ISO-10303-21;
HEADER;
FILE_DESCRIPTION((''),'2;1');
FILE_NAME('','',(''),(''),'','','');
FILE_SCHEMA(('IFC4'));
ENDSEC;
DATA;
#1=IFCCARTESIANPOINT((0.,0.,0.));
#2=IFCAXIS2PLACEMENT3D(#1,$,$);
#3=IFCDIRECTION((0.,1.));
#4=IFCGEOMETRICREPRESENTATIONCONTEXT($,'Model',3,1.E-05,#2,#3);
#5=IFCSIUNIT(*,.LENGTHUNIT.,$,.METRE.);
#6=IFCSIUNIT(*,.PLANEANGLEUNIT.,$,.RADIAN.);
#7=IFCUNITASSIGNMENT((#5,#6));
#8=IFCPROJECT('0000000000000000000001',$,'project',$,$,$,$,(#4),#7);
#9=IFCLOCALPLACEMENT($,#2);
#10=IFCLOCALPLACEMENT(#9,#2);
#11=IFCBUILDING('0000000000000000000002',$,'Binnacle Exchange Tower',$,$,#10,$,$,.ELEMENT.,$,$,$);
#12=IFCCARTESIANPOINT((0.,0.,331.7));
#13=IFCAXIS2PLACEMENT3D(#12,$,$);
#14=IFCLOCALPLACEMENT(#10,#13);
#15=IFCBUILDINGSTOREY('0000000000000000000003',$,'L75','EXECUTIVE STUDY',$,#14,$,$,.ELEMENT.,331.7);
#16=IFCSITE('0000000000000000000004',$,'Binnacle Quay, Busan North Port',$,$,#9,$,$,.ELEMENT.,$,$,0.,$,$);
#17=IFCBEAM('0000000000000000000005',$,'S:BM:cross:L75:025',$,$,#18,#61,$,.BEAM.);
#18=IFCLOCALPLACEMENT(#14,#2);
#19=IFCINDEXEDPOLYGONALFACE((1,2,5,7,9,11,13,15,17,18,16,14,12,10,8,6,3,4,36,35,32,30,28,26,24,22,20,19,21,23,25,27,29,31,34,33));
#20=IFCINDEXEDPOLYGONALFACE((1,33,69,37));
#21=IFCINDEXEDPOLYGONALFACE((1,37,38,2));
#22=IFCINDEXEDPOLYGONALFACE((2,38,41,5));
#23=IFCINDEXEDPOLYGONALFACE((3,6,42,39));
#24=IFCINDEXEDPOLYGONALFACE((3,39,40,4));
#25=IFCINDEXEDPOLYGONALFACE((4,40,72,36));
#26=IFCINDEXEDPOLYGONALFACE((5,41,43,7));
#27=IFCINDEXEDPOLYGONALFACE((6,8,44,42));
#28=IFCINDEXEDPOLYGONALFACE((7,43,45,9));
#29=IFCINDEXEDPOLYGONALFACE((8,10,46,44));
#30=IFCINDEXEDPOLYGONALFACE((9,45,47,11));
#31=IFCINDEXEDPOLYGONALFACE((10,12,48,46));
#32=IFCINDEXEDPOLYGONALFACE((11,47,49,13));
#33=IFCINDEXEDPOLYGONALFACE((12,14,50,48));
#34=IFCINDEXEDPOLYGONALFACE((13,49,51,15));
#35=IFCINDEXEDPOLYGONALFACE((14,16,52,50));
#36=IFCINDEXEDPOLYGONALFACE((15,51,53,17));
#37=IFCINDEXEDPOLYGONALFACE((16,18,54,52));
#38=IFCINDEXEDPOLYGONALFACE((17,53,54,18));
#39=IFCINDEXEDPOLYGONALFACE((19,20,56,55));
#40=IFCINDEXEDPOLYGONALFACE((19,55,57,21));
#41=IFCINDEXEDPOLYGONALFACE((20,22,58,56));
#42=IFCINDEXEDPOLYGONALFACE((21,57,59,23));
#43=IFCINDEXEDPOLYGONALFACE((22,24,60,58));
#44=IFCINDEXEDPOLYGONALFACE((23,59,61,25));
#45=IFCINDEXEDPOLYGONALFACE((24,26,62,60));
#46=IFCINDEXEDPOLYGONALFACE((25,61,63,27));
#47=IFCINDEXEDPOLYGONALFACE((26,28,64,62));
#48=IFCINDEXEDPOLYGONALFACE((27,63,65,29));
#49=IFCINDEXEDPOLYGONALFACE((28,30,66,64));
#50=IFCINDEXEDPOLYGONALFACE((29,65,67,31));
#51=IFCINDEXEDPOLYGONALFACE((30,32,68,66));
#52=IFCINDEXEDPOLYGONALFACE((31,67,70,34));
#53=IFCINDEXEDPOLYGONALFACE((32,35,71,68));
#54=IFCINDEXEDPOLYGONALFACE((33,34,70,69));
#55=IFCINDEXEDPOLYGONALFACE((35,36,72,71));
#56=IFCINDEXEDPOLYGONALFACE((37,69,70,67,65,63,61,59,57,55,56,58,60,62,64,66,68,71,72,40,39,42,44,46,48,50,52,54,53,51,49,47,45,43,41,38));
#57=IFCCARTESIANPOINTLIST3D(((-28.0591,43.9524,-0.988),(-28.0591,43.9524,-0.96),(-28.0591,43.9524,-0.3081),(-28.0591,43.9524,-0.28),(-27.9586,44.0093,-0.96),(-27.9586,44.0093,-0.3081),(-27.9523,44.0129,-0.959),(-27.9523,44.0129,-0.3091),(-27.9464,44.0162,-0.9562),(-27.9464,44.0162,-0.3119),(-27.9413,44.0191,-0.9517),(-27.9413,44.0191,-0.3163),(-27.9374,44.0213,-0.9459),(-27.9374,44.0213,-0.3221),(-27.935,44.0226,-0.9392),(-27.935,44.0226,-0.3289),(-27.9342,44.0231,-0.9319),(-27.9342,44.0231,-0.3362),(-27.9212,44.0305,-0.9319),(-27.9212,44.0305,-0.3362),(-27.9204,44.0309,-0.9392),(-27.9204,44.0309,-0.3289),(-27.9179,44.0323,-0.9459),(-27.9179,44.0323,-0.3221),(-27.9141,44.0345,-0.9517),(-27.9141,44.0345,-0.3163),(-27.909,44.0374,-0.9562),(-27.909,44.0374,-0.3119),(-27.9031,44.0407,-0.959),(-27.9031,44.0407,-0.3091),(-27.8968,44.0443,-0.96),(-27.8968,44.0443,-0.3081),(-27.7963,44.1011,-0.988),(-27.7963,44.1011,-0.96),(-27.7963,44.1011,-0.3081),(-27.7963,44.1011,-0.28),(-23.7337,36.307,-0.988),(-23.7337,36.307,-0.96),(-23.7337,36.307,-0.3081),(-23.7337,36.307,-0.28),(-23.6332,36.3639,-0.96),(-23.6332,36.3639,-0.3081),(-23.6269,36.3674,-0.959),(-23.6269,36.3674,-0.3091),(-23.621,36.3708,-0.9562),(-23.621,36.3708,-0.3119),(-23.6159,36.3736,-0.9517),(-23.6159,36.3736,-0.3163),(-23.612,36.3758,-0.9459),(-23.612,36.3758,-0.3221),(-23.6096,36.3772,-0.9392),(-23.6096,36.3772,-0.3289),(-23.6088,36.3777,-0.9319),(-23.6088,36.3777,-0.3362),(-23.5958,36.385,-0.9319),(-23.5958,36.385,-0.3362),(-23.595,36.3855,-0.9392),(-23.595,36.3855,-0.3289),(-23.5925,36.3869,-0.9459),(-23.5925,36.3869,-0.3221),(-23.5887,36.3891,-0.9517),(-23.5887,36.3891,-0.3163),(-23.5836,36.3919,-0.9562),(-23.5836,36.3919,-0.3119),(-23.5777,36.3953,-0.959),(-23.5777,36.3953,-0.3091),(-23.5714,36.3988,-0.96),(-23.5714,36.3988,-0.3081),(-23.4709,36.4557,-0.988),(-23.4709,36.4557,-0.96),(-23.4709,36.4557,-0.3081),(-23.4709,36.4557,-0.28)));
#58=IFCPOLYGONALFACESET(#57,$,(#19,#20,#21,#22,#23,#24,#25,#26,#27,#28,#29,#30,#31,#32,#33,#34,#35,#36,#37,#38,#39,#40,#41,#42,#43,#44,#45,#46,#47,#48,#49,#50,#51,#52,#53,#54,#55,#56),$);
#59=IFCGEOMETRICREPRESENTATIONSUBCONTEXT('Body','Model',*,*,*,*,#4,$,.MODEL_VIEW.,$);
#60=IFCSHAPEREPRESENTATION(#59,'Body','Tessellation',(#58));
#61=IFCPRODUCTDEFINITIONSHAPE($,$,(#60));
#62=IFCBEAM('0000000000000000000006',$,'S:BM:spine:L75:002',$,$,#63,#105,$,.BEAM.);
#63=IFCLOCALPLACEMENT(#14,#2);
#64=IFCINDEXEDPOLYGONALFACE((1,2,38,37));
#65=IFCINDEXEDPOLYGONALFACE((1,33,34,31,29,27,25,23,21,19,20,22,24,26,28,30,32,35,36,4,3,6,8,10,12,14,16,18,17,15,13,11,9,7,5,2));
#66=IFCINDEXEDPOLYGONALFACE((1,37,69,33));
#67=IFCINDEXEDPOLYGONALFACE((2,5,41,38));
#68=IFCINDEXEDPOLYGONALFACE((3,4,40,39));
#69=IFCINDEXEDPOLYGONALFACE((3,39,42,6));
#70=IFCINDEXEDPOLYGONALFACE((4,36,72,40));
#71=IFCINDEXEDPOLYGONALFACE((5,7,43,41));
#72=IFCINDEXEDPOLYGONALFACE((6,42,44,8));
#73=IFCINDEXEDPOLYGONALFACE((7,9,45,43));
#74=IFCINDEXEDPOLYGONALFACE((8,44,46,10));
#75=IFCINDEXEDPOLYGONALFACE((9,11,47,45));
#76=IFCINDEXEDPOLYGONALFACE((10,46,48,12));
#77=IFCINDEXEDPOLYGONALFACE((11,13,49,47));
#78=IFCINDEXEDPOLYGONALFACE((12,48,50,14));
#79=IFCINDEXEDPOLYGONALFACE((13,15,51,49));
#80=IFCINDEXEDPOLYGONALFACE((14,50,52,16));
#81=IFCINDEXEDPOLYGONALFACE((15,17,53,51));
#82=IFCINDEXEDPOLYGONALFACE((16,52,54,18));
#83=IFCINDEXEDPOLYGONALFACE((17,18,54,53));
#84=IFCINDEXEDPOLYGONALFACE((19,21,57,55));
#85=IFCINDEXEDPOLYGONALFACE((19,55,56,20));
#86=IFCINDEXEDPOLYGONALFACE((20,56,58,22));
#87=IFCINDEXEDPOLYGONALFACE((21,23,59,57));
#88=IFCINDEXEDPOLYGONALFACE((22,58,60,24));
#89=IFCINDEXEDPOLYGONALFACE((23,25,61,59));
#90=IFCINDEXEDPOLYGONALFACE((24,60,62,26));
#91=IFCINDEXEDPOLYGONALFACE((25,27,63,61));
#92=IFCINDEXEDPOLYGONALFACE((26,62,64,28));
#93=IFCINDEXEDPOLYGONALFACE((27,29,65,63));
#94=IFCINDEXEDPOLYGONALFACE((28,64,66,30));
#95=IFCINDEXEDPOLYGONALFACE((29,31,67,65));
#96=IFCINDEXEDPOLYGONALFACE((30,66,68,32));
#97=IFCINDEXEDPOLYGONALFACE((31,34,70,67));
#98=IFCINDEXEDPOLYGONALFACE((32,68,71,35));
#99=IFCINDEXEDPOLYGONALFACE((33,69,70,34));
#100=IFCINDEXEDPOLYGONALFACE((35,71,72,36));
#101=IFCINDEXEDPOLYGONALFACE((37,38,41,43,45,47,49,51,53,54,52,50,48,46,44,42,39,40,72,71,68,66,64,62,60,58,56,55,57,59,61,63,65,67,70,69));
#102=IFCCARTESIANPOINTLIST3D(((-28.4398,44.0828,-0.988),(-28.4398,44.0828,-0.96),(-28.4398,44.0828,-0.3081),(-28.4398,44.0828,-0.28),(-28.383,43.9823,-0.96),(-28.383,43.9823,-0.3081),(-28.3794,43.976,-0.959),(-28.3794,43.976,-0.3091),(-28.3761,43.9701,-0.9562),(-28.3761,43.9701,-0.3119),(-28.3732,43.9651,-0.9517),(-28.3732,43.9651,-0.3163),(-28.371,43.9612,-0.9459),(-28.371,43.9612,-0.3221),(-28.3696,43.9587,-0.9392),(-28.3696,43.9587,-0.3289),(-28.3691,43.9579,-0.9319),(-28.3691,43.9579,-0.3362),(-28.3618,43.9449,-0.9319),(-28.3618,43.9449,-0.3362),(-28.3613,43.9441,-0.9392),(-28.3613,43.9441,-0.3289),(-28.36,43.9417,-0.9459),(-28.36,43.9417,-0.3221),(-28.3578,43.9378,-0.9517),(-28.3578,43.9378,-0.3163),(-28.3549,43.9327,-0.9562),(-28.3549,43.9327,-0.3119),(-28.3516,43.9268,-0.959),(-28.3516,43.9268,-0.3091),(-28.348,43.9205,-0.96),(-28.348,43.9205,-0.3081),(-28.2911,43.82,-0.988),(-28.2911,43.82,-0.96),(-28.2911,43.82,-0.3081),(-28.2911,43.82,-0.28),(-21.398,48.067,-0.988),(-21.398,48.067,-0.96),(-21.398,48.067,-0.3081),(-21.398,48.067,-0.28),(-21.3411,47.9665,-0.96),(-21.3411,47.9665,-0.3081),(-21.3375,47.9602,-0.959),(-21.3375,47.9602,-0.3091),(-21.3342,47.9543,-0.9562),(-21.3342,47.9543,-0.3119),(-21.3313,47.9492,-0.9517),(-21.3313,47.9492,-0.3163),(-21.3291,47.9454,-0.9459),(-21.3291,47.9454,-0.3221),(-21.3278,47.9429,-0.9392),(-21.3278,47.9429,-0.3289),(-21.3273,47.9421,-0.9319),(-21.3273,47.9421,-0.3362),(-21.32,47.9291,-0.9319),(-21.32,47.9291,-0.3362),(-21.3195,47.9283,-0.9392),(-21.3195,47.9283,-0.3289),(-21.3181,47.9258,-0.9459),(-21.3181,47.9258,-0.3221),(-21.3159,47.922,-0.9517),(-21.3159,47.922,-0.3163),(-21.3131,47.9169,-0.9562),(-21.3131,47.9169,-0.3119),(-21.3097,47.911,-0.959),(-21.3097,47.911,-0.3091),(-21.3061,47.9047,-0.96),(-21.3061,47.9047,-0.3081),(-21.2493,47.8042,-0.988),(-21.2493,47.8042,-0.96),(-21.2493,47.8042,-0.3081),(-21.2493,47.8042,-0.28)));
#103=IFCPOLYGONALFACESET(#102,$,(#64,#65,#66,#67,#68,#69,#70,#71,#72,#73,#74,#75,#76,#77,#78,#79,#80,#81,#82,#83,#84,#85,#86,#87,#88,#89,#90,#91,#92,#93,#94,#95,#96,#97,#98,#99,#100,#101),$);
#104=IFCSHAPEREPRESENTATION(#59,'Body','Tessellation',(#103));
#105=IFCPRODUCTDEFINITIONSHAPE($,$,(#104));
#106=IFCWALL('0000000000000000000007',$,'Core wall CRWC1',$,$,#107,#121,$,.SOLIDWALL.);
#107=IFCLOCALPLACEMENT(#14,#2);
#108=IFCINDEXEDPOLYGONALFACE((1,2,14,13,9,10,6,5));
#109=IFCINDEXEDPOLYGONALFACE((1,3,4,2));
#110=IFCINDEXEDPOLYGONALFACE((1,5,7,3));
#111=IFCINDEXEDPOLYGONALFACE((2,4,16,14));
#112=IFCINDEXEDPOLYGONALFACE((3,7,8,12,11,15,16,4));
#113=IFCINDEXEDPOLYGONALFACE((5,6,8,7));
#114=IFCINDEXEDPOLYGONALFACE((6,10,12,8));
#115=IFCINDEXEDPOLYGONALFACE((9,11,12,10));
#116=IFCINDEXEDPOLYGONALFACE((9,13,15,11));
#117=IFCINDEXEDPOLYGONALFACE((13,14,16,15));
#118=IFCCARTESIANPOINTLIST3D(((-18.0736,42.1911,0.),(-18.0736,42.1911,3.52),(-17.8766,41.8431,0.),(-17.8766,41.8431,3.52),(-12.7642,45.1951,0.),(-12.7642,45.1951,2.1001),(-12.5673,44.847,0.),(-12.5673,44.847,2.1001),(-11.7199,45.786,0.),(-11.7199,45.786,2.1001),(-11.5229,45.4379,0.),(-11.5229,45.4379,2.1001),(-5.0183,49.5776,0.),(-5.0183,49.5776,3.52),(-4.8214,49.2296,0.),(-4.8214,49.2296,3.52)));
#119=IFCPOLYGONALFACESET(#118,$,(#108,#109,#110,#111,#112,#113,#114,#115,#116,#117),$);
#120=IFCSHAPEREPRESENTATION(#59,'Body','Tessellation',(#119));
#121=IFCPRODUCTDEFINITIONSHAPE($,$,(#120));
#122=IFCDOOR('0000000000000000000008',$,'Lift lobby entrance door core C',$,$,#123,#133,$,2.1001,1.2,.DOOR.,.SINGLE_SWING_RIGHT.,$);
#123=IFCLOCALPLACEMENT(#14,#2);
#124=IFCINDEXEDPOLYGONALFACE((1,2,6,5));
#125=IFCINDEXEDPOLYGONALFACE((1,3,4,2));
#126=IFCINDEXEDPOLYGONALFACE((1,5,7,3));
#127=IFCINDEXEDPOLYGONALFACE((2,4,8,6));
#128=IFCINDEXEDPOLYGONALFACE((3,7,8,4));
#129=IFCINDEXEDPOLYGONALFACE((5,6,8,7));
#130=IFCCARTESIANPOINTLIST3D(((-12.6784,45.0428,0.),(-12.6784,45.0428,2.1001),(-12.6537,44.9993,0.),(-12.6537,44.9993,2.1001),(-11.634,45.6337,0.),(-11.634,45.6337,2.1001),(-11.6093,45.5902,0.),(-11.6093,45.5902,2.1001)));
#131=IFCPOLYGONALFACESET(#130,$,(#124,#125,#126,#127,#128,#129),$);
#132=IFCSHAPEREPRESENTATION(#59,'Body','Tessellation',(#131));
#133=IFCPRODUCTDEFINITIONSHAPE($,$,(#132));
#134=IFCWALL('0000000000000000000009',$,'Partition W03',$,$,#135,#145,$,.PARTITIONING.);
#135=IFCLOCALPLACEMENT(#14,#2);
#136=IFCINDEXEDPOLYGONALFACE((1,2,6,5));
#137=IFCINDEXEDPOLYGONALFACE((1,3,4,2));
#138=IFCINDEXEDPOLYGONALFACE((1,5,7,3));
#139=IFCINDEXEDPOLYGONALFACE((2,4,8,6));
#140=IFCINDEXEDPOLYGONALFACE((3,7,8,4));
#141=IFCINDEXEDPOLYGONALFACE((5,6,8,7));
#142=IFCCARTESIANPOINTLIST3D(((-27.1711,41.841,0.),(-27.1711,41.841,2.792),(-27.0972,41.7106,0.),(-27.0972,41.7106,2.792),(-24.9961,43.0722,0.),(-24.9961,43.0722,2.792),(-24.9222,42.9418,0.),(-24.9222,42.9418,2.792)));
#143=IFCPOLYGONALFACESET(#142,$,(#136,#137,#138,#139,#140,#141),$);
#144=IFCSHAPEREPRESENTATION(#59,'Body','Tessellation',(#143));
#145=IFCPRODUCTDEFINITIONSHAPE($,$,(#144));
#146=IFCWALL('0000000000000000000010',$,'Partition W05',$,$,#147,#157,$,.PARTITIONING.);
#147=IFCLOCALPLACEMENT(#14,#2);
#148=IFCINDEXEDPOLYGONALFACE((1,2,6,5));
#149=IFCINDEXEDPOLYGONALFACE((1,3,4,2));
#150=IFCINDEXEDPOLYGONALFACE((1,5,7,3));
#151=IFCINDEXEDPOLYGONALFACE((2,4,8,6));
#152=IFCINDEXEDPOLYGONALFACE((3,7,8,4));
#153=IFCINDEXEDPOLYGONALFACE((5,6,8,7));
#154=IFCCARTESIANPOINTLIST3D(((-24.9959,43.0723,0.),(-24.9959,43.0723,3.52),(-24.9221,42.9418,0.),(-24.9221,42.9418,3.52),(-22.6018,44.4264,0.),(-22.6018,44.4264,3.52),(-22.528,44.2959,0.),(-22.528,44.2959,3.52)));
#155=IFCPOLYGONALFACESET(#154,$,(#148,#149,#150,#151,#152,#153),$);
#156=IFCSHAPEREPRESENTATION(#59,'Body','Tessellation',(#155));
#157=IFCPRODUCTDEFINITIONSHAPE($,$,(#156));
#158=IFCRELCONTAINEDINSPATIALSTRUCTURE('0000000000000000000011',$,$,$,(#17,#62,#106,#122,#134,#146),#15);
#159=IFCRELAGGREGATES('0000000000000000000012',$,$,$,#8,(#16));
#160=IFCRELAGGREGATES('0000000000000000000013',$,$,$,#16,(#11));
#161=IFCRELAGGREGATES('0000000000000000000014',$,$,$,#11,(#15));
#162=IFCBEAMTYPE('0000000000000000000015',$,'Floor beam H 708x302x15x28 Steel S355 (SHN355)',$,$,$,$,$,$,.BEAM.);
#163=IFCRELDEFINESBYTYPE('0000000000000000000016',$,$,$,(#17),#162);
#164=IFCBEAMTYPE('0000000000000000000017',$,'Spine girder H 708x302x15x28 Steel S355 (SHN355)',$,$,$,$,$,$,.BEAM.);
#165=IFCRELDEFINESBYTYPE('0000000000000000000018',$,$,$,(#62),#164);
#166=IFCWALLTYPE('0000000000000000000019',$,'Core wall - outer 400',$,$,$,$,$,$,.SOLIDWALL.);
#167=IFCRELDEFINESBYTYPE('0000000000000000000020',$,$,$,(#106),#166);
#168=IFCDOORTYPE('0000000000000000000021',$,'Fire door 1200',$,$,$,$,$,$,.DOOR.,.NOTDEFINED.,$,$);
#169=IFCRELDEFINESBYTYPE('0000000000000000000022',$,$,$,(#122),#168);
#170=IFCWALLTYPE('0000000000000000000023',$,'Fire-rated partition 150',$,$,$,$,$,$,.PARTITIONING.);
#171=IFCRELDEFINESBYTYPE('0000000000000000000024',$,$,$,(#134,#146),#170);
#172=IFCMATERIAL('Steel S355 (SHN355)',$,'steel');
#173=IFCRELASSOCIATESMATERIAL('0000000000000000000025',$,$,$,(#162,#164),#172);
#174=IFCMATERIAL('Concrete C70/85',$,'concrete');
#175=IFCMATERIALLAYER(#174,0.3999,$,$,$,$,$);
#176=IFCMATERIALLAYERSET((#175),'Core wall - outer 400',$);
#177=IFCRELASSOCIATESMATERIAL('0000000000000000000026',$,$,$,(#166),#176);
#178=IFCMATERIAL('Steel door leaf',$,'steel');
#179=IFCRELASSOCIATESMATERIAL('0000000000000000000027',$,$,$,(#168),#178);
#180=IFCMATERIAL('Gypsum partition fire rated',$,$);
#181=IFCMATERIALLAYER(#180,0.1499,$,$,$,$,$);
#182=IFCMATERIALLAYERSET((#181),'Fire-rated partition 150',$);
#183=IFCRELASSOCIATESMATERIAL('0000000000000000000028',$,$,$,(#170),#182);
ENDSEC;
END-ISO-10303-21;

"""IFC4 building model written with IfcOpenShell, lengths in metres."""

from ifc_helpers import new_model, si_unit, direction, frame, frame_2d, origin, origin_2d, place, context, subcontext, project, spatial, rectangle, i_section, extrude, material, layer, layer_set, material_profile, profile_set, type_object, element, fill, save


model = new_model("IFC4")

# Units and contexts
model_context = context("Model", 3, precision=1e-05, world=origin(), true_north=direction((0.0, 1.0)))
body_context = subcontext(model_context, "Body", "Model", "MODEL_VIEW")
ifc_project = project(units=[si_unit("LENGTHUNIT", "METRE"), si_unit("PLANEANGLEUNIT", "RADIAN")], contexts=[model_context])

# Site, building, storey
site_placement = place(None, origin())
site = spatial("IfcSite", under=ifc_project, at=site_placement, Name="Binnacle Quay, Busan North Port", CompositionType="ELEMENT", RefElevation=0.0)
building_placement = place(site_placement, origin())
building = spatial("IfcBuilding", under=site, at=building_placement, Name="Binnacle Exchange Tower", CompositionType="ELEMENT")
storey_placement = place(building_placement, frame((0.0, 0.0, 331.7)))
storey = spatial("IfcBuildingStorey", under=building, at=storey_placement, Name="L75", Description="EXECUTIVE STUDY", CompositionType="ELEMENT", Elevation=331.7)

# Beams
ifc_material_1 = material(Name="Steel S355 (SHN355)", Category="steel")
ifc_material_profile_1 = material_profile(ifc_material_1, i_section(OverallWidth=0.302, OverallDepth=0.708, WebThickness=0.0149, FlangeThickness=0.0281, FilletRadius=0.0281, at=origin_2d()), Name="H 708x302x15x28")
ifc_profile_set_1 = profile_set([ifc_material_profile_1], Name="Steel S355 (SHN355)")
beam_type_1 = type_object("IfcBeamType", Name="Floor beam H 708x302x15x28 Steel S355 (SHN355)", PredefinedType="BEAM", material=ifc_profile_set_1)
beam_1_placement = place(storey_placement, frame((-23.6023, 36.3813, -0.634), z_axis=(-0.492408, 0.870365, 0.0), x_axis=(-0.870365, -0.492408, 0.0)))
element("IfcBeam", 1, at=beam_1_placement, inside=storey, type_object=beam_type_1, Name="S:BM:cross:L75:025", PredefinedType="BEAM", context=body_context, shape_type="SweptSolid", body=[
    extrude(i_section(OverallWidth=0.302, OverallDepth=0.708, WebThickness=0.0149, FlangeThickness=0.0281, FilletRadius=0.0281, at=origin_2d()), origin(), (0.0, 0.0, 1.0), 8.7842),
])
ifc_material_profile_2 = material_profile(ifc_material_1, i_section(OverallWidth=0.302, OverallDepth=0.708, WebThickness=0.0149, FlangeThickness=0.0281, FilletRadius=0.0281, at=origin_2d()), Name="H 708x302x15x28")
ifc_profile_set_2 = profile_set([ifc_material_profile_2], Name="Steel S355 (SHN355)")
beam_type_2 = type_object("IfcBeamType", Name="Spine girder H 708x302x15x28 Steel S355 (SHN355)", PredefinedType="BEAM", material=ifc_profile_set_2)
beam_2_placement = place(storey_placement, frame((-28.3655, 43.9514, -0.634), z_axis=(0.87035, 0.492433, 0.0), x_axis=(-0.492433, 0.87035, 0.0)))
element("IfcBeam", 2, at=beam_2_placement, inside=storey, type_object=beam_type_2, Name="S:BM:spine:L75:002", PredefinedType="BEAM", context=body_context, shape_type="SweptSolid", body=[
    extrude(i_section(OverallWidth=0.302, OverallDepth=0.708, WebThickness=0.0149, FlangeThickness=0.0281, FilletRadius=0.0281, at=origin_2d()), origin(), (0.0, 0.0, 1.0), 8.0908),
])

# Wall, opening, door
ifc_material_2 = material(Name="Concrete C70/85", Category="concrete")
ifc_layer_1 = layer(ifc_material_2, 0.3999)
ifc_layer_set_1 = layer_set([ifc_layer_1], Name="Core wall - outer 400")
wall_type_1 = type_object("IfcWallType", Name="Core wall - outer 400", PredefinedType="SOLIDWALL", material=ifc_layer_set_1)
wall_1_placement = place(storey_placement, frame((-17.9751, 42.0171, 0.0), z_axis=(0.0, 0.0, 1.0), x_axis=(0.87035, 0.492434, 0.0)))
wall_1 = element("IfcWall", 3, at=wall_1_placement, inside=storey, type_object=wall_type_1, Name="Core wall CRWC1", PredefinedType="SOLIDWALL", context=body_context, shape_type="SweptSolid", body=[
    extrude(rectangle(XDim=15.0, YDim=0.3999, at=frame_2d((7.5, 0.0))), origin(), (0.0, 0.0, 1.0), 3.52),
])
opening_1_placement = place(wall_1_placement, frame((6.1001, 0.0, 0.0)))
opening_1 = element("IfcOpeningElement", 4, at=opening_1_placement, cuts=wall_1, PredefinedType="OPENING", context=body_context, shape_type="SweptSolid", body=[
    extrude(rectangle(XDim=1.2, YDim=2.1001, at=frame_2d((0.6001, 1.05))), frame((0.0, 0.21, 0.0), z_axis=(0.0, -1.0, 0.0), x_axis=(1.0, 0.0, 0.0)), (0.0, 0.0, 1.0), 0.4199),
])
ifc_material_3 = material(Name="Steel door leaf", Category="steel")
door_type_1 = type_object("IfcDoorType", Name="Fire door 1200", OperationType="NOTDEFINED", PredefinedType="DOOR", material=ifc_material_3)
door_1_placement = place(opening_1_placement, frame((1.2, 0.0, 0.0), z_axis=(0.0, 0.0, 1.0), x_axis=(-1.0, 0.0, 0.0)))
door_1 = element("IfcDoor", 5, at=door_1_placement, inside=storey, type_object=door_type_1, Name="Lift lobby entrance door core C", OperationType="SINGLE_SWING_RIGHT", OverallHeight=2.1001, OverallWidth=1.2, PredefinedType="DOOR", context=body_context, shape_type="SweptSolid", body=[
    extrude(rectangle(XDim=1.2, YDim=2.1001, at=frame_2d((0.6001, 1.05))), frame((0.0, 0.0249, 0.0), z_axis=(0.0, -1.0, 0.0), x_axis=(1.0, 0.0, 0.0)), (0.0, 0.0, 1.0), 0.05),
])
fill(opening_1, door_1)

# Walls
ifc_material_4 = material(Name="Gypsum partition fire rated")
ifc_layer_2 = layer(ifc_material_4, 0.1499)
ifc_layer_set_2 = layer_set([ifc_layer_2], Name="Fire-rated partition 150")
wall_type_2 = type_object("IfcWallType", Name="Fire-rated partition 150", PredefinedType="PARTITIONING", material=ifc_layer_set_2)
wall_2_placement = place(storey_placement, frame((-27.134, 41.7759, 0.0), z_axis=(0.0, 0.0, 1.0), x_axis=(0.87025, 0.492611, 0.0)))
element("IfcWall", 6, at=wall_2_placement, inside=storey, type_object=wall_type_2, Name="Partition W03", PredefinedType="PARTITIONING", context=body_context, shape_type="SweptSolid", body=[
    extrude(rectangle(XDim=2.4993, YDim=0.1499, at=frame_2d((1.2495, 0.0))), origin(), (0.0, 0.0, 1.0), 2.792),
])
wall_3_placement = place(storey_placement, frame((-24.959, 43.0071, 0.0), z_axis=(0.0, 0.0, 1.0), x_axis=(0.870431, 0.492291, 0.0)))
element("IfcWall", 7, at=wall_3_placement, inside=storey, type_object=wall_type_2, Name="Partition W05", PredefinedType="PARTITIONING", context=body_context, shape_type="SweptSolid", body=[
    extrude(rectangle(XDim=2.7505, YDim=0.1499, at=frame_2d((1.3752, 0.0))), origin(), (0.0, 0.0, 1.0), 3.52),
])

save(model, "model.ifc")
